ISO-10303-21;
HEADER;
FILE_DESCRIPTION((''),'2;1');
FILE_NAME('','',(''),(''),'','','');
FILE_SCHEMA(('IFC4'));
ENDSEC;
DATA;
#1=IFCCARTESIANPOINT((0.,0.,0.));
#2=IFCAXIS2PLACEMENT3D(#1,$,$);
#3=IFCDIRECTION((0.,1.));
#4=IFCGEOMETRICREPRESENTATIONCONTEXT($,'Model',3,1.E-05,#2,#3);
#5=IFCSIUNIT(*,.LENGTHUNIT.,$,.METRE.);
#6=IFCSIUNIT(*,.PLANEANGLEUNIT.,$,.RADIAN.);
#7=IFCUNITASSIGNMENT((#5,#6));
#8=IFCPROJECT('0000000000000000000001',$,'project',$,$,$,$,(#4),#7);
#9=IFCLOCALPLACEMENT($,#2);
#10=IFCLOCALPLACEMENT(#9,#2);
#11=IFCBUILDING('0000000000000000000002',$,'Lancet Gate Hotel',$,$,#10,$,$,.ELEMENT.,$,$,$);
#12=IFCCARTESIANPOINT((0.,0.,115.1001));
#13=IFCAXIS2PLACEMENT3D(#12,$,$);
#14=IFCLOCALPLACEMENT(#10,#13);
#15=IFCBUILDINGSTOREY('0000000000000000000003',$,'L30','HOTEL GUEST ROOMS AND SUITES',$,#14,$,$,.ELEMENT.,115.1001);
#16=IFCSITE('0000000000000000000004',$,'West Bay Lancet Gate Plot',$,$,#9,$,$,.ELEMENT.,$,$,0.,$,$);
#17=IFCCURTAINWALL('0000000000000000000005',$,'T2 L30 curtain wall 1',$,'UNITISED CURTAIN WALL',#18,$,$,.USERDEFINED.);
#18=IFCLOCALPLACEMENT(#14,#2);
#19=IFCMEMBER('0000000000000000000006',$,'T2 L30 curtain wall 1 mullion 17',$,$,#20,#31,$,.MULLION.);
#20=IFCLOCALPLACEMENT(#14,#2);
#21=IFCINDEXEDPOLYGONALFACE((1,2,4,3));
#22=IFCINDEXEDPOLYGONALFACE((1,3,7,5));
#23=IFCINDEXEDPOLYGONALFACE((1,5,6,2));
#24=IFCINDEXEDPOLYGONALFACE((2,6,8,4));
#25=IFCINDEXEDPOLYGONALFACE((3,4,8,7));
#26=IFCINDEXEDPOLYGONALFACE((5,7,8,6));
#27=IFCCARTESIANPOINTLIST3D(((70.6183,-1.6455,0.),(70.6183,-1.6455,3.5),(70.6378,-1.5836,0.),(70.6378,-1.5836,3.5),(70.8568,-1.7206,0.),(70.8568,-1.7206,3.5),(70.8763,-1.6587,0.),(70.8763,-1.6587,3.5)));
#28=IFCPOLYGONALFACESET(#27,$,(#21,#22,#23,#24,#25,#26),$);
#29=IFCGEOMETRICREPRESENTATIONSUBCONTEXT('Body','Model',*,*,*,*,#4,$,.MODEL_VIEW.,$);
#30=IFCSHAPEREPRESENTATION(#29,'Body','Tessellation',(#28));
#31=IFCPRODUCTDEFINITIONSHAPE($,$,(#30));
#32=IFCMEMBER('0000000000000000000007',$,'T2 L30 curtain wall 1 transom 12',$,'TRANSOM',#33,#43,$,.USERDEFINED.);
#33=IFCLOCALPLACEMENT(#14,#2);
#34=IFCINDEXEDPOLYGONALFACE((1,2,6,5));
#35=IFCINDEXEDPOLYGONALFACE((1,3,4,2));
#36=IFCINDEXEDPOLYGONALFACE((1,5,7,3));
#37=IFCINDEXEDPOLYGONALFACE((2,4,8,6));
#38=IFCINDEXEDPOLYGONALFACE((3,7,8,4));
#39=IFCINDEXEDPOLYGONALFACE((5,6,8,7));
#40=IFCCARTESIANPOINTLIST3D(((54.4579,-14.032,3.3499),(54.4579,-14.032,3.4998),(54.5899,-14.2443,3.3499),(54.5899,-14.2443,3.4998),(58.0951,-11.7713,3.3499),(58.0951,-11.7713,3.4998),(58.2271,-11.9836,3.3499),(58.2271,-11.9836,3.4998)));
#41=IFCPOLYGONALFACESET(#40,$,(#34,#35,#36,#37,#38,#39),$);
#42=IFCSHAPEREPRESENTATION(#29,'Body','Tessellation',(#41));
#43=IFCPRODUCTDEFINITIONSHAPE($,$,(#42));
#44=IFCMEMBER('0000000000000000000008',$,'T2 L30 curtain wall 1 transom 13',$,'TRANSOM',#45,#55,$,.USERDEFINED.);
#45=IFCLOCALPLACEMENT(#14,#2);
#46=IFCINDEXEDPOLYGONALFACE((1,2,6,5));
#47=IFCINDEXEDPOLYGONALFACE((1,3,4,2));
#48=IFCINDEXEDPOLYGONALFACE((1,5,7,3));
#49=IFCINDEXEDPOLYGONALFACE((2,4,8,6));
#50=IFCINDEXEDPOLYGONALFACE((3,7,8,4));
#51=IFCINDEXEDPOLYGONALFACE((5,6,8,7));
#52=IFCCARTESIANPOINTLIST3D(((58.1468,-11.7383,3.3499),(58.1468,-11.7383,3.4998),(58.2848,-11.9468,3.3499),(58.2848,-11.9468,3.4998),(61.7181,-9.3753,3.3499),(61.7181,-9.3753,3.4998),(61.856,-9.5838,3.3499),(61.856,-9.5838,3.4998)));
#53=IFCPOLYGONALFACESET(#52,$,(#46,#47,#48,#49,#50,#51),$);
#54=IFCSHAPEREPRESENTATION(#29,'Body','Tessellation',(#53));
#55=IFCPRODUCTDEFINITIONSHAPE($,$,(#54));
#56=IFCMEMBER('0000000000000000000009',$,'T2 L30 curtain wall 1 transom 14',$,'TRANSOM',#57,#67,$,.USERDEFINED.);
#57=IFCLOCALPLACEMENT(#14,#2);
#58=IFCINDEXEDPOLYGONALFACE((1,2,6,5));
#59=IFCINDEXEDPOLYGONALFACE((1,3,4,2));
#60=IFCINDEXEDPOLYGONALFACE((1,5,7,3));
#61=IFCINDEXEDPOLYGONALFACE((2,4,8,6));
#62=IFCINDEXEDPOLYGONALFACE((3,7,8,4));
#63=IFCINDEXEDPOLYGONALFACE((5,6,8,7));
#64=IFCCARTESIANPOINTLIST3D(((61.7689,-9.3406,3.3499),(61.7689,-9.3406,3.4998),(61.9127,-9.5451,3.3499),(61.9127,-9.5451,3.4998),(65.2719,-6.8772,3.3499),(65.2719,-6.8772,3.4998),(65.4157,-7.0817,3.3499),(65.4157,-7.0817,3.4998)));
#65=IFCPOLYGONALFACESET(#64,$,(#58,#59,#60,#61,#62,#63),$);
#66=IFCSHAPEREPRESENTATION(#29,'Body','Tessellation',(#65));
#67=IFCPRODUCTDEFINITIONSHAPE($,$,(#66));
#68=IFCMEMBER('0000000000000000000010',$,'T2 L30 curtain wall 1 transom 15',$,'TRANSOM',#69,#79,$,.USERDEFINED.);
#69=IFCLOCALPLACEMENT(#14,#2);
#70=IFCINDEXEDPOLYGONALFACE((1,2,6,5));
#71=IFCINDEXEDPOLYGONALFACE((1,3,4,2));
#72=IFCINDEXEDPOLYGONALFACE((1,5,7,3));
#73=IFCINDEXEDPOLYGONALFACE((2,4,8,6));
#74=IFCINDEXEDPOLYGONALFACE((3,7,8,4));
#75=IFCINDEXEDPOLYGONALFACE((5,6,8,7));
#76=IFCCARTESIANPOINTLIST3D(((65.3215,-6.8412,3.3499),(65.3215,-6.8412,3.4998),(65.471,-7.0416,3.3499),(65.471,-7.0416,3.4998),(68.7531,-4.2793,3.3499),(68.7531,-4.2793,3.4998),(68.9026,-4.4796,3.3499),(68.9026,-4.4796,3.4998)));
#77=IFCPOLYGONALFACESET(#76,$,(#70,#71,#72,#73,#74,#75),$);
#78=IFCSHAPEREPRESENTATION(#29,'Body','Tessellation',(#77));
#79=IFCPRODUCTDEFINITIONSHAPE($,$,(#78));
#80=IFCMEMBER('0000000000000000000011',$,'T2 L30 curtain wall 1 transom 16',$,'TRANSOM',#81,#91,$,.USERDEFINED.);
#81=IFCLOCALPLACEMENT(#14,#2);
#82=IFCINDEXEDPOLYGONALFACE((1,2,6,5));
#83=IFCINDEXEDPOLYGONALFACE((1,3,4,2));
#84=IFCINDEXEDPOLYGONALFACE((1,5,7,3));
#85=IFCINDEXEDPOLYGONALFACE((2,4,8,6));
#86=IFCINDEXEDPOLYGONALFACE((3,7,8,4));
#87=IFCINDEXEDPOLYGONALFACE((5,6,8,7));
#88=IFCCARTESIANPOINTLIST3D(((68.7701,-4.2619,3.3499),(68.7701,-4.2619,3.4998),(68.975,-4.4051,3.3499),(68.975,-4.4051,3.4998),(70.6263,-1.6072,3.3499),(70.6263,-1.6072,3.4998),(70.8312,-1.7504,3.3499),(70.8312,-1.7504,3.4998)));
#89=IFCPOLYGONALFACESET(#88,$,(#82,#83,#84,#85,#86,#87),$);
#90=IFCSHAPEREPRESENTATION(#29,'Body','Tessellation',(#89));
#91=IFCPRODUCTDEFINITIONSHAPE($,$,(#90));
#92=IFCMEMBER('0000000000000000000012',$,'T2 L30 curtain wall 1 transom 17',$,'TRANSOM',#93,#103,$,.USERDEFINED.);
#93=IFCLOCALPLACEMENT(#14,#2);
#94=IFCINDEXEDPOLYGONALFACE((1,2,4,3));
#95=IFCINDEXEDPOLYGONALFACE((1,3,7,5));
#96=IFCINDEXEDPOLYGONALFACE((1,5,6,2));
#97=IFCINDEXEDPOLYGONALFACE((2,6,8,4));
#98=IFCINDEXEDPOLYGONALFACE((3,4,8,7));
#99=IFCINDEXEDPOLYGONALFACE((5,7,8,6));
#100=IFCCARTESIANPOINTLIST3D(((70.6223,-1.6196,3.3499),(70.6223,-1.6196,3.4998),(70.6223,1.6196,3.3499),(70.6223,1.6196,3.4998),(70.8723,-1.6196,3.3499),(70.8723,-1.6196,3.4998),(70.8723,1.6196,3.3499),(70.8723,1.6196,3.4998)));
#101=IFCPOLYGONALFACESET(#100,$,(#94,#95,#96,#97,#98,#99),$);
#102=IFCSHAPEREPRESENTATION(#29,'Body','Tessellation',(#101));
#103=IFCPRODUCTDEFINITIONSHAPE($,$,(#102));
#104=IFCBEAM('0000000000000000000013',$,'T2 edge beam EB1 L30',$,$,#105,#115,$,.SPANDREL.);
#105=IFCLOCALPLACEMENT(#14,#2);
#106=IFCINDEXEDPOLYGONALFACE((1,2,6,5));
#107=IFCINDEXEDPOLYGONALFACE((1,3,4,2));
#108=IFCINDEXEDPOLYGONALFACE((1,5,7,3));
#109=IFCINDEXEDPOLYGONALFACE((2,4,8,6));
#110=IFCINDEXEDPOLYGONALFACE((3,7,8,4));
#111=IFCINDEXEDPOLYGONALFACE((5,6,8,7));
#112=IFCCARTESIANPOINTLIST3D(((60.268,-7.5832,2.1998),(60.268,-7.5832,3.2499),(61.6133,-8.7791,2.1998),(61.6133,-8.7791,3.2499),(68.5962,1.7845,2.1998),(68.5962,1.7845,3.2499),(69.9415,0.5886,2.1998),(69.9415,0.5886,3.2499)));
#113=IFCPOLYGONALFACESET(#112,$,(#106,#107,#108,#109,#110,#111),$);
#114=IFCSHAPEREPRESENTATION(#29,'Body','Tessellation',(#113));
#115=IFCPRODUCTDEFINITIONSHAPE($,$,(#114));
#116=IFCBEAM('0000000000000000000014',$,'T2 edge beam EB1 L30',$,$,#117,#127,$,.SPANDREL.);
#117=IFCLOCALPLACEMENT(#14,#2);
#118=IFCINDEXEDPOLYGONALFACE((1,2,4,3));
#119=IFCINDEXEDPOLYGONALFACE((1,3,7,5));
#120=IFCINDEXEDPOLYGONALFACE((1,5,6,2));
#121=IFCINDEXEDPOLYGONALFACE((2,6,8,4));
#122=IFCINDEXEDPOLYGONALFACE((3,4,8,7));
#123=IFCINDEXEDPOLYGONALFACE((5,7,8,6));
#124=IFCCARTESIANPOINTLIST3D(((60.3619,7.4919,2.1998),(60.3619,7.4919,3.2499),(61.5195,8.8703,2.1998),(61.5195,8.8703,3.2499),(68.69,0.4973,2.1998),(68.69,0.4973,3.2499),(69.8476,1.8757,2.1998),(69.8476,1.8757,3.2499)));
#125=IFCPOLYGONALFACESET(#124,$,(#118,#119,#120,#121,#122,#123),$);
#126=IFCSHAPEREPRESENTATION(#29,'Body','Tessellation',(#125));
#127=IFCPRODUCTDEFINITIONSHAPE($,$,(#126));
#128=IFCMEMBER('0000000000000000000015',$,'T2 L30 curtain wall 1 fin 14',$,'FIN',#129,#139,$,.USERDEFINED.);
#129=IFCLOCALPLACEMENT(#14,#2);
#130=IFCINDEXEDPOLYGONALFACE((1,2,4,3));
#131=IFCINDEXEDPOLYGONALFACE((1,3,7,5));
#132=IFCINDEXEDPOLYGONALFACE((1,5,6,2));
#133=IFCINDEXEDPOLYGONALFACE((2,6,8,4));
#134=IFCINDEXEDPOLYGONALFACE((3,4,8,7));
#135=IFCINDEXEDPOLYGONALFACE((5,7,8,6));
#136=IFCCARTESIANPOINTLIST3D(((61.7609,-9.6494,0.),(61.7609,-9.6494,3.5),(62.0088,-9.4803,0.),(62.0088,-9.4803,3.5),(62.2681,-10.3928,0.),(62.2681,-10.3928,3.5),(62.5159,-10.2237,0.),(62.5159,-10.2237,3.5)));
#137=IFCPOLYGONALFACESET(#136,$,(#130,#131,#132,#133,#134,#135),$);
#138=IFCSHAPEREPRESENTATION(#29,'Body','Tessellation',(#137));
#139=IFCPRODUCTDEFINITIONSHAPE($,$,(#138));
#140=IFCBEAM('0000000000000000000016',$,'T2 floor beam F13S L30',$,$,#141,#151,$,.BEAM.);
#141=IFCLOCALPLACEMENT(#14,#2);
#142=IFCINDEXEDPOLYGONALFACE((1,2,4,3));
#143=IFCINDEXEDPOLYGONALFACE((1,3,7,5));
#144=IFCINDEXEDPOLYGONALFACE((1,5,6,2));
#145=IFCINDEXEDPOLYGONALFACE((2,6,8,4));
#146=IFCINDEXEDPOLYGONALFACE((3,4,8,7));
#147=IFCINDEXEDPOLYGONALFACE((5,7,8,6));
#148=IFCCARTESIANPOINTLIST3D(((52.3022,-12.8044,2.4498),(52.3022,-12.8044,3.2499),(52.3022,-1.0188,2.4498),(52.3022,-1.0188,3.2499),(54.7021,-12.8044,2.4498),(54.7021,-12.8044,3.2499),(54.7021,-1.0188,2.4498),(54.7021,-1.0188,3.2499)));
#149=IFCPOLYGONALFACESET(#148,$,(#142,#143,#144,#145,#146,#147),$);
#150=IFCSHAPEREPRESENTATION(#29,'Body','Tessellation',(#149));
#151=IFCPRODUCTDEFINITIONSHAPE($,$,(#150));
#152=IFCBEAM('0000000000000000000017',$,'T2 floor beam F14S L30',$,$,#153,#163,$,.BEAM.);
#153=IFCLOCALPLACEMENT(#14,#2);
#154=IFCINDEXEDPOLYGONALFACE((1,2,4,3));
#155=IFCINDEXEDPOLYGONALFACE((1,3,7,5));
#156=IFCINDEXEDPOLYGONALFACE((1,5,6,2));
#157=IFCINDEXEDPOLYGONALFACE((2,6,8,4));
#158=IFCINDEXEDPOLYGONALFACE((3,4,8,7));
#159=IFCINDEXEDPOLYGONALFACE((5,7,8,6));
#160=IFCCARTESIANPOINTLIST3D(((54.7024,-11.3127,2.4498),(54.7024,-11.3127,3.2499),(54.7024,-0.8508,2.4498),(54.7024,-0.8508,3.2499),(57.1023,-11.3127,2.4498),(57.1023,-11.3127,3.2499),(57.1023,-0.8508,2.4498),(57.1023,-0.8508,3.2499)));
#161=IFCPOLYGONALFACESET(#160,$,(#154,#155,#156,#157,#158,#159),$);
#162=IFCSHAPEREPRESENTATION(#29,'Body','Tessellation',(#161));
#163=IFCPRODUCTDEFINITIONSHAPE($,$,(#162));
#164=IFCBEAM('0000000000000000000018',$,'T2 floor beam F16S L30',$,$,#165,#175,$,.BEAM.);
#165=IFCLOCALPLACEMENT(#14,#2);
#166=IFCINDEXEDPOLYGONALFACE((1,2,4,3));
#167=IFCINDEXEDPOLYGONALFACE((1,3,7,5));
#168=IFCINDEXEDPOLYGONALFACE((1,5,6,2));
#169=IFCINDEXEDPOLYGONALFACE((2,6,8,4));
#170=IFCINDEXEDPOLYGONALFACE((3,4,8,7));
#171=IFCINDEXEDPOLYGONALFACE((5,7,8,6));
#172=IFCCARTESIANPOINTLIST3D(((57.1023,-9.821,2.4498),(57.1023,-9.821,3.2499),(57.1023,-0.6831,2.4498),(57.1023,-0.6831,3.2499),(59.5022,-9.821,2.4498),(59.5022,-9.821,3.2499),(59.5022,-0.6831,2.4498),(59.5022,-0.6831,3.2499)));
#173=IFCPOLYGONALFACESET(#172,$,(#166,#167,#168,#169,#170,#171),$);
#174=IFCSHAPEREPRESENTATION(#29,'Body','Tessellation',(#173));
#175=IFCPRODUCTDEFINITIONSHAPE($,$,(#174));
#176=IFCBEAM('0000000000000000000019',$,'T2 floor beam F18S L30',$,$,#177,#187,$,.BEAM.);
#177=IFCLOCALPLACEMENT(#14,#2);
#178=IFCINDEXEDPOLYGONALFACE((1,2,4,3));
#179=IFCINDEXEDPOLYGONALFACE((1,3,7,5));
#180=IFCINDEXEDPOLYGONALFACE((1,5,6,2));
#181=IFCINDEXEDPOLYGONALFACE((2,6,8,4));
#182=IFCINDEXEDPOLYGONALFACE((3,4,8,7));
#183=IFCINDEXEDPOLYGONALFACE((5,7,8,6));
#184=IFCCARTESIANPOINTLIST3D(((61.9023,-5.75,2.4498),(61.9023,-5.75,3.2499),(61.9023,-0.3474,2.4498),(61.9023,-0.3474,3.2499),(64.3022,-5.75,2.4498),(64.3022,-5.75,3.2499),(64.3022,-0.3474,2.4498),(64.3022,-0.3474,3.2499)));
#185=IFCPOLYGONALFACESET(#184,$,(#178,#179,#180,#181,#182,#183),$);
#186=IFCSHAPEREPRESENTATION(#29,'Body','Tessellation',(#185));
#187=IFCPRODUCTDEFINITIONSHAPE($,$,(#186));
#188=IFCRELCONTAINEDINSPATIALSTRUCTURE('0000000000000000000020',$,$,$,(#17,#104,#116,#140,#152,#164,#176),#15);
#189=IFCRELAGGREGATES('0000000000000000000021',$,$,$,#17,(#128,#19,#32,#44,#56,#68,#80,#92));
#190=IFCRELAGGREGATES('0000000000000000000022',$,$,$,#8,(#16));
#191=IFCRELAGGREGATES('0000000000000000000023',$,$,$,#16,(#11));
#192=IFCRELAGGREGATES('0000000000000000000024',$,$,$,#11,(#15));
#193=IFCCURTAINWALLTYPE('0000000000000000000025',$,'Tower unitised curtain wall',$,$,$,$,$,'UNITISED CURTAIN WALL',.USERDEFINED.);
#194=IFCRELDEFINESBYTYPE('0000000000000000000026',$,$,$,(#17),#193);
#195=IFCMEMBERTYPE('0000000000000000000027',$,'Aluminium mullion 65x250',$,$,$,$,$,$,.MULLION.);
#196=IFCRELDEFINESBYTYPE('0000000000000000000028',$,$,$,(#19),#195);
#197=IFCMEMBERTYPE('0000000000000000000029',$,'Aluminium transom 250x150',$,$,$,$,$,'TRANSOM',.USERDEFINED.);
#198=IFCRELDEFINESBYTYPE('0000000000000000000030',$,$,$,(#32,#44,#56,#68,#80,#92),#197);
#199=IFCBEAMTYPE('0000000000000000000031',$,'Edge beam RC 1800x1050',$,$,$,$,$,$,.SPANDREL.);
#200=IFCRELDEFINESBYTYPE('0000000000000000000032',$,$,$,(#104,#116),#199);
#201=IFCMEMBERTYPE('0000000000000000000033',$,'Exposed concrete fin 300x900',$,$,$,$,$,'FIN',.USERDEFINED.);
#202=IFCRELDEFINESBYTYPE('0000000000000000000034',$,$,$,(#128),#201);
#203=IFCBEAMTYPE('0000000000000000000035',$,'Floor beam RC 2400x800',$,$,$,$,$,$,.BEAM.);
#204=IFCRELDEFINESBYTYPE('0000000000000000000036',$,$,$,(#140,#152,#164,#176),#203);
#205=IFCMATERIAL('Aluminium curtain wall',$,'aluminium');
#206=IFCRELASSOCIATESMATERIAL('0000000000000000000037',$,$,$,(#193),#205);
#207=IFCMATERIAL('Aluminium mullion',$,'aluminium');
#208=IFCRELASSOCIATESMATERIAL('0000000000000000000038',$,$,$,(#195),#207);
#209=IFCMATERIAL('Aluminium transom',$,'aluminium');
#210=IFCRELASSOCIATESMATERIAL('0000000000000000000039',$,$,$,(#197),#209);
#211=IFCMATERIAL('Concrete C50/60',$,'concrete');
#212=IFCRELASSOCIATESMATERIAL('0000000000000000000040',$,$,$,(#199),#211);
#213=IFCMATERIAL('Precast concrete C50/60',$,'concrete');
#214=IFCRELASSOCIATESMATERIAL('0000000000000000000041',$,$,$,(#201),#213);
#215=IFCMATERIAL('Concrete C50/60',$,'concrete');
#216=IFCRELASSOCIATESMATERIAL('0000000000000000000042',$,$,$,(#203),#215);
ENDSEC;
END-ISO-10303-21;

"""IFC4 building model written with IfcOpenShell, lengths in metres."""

from ifc_helpers import new_model, si_unit, direction, frame, origin, origin_2d, place, context, subcontext, project, spatial, rectangle, extrude, material, material_profile, profile_set, type_object, element, aggregate, save


model = new_model("IFC4")

# Units and contexts
model_context = context("Model", 3, precision=1e-05, world=origin(), true_north=direction((0.0, 1.0)))
body_context = subcontext(model_context, "Body", "Model", "MODEL_VIEW")
ifc_project = project(units=[si_unit("LENGTHUNIT", "METRE"), si_unit("PLANEANGLEUNIT", "RADIAN")], contexts=[model_context])

# Site, building, storey
site_placement = place(None, origin())
site = spatial("IfcSite", under=ifc_project, at=site_placement, Name="West Bay Lancet Gate Plot", CompositionType="ELEMENT", RefElevation=0.0)
building_placement = place(site_placement, origin())
building = spatial("IfcBuilding", under=site, at=building_placement, Name="Lancet Gate Hotel", CompositionType="ELEMENT")
storey_placement = place(building_placement, frame((0.0, 0.0, 115.1001)))
storey = spatial("IfcBuildingStorey", under=building, at=storey_placement, Name="L30", Description="HOTEL GUEST ROOMS AND SUITES", CompositionType="ELEMENT", Elevation=115.1001)

# Curtain wall, members
ifc_material_1 = material(Name="Aluminium curtain wall", Category="aluminium")
curtain_wall_type = type_object("IfcCurtainWallType", Name="Tower unitised curtain wall", ElementType="UNITISED CURTAIN WALL", PredefinedType="USERDEFINED", material=ifc_material_1)
curtain_wall_placement = place(storey_placement, origin())
curtain_wall = element("IfcCurtainWall", 1, at=curtain_wall_placement, inside=storey, type_object=curtain_wall_type, Name="T2 L30 curtain wall 1", ObjectType="UNITISED CURTAIN WALL", PredefinedType="USERDEFINED")
ifc_material_2 = material(Name="Aluminium mullion", Category="aluminium")
ifc_material_profile_1 = material_profile(ifc_material_2, rectangle(XDim=0.0649, YDim=0.25, at=origin_2d()), Name="MULLION 65x250")
ifc_profile_set_1 = profile_set([ifc_material_profile_1], Name="Aluminium mullion")
member_type_1 = type_object("IfcMemberType", Name="Aluminium mullion 65x250", PredefinedType="MULLION", material=ifc_profile_set_1)
member_1_placement = place(storey_placement, frame((70.7473, -1.6521, 0.0), z_axis=(0.0, 0.0, 1.0), x_axis=(0.300385, 0.953818, 0.0)))
member_1 = element("IfcMember", 2, at=member_1_placement, type_object=member_type_1, Name="T2 L30 curtain wall 1 mullion 17", PredefinedType="MULLION", context=body_context, shape_type="SweptSolid", body=[
    extrude(rectangle(XDim=0.0649, YDim=0.25, at=origin_2d()), origin(), (0.0, 0.0, 1.0), 3.5),
])
ifc_material_3 = material(Name="Aluminium transom", Category="aluminium")
ifc_material_profile_2 = material_profile(ifc_material_3, rectangle(XDim=0.25, YDim=0.1499, at=origin_2d()), Name="TRANSOM 250x150")
ifc_profile_set_2 = profile_set([ifc_material_profile_2], Name="Aluminium transom")
member_type_2 = type_object("IfcMemberType", Name="Aluminium transom 250x150", ElementType="TRANSOM", PredefinedType="USERDEFINED", material=ifc_profile_set_2)
member_2_placement = place(storey_placement, frame((54.5239, -14.1382, 3.4248), z_axis=(0.849309, 0.527896, 0.0), x_axis=(-0.527896, 0.849309, 0.0)))
member_2 = element("IfcMember", 3, at=member_2_placement, type_object=member_type_2, Name="T2 L30 curtain wall 1 transom 12", ObjectType="TRANSOM", PredefinedType="USERDEFINED", context=body_context, shape_type="SweptSolid", body=[
    extrude(rectangle(XDim=0.25, YDim=0.1499, at=origin_2d()), origin(), (0.0, 0.0, 1.0), 4.2825),
])
member_3_placement = place(storey_placement, frame((58.2158, -11.8425, 3.4248), z_axis=(0.833966, 0.551816, 0.0), x_axis=(-0.551816, 0.833966, 0.0)))
member_3 = element("IfcMember", 4, at=member_3_placement, type_object=member_type_2, Name="T2 L30 curtain wall 1 transom 13", ObjectType="TRANSOM", PredefinedType="USERDEFINED", context=body_context, shape_type="SweptSolid", body=[
    extrude(rectangle(XDim=0.25, YDim=0.1499, at=origin_2d()), origin(), (0.0, 0.0, 1.0), 4.2822),
])
member_4_placement = place(storey_placement, frame((61.8408, -9.4429, 3.4248), z_axis=(0.817987, 0.575236, 0.0), x_axis=(-0.575236, 0.817987, 0.0)))
member_4 = element("IfcMember", 5, at=member_4_placement, type_object=member_type_2, Name="T2 L30 curtain wall 1 transom 14", ObjectType="TRANSOM", PredefinedType="USERDEFINED", context=body_context, shape_type="SweptSolid", body=[
    extrude(rectangle(XDim=0.25, YDim=0.1499, at=origin_2d()), origin(), (0.0, 0.0, 1.0), 4.2825),
])
member_5_placement = place(storey_placement, frame((65.3962, -6.9414, 3.4248), z_axis=(0.801312, 0.598247, 0.0), x_axis=(-0.598247, 0.801312, 0.0)))
member_5 = element("IfcMember", 6, at=member_5_placement, type_object=member_type_2, Name="T2 L30 curtain wall 1 transom 15", ObjectType="TRANSOM", PredefinedType="USERDEFINED", context=body_context, shape_type="SweptSolid", body=[
    extrude(rectangle(XDim=0.25, YDim=0.1499, at=origin_2d()), origin(), (0.0, 0.0, 1.0), 4.2825),
])
member_6_placement = place(storey_placement, frame((68.8726, -4.3335, 3.4248), z_axis=(0.573017, 0.819543, 0.0), x_axis=(-0.819543, 0.573017, 0.0)))
member_6 = element("IfcMember", 7, at=member_6_placement, type_object=member_type_2, Name="T2 L30 curtain wall 1 transom 16", ObjectType="TRANSOM", PredefinedType="USERDEFINED", context=body_context, shape_type="SweptSolid", body=[
    extrude(rectangle(XDim=0.25, YDim=0.1499, at=origin_2d()), origin(), (0.0, 0.0, 1.0), 3.2393),
])
member_7_placement = place(storey_placement, frame((70.7473, -1.6196, 3.4248), z_axis=(0.0, 1.0, 0.0), x_axis=(-1.0, 0.0, 0.0)))
member_7 = element("IfcMember", 8, at=member_7_placement, type_object=member_type_2, Name="T2 L30 curtain wall 1 transom 17", ObjectType="TRANSOM", PredefinedType="USERDEFINED", context=body_context, shape_type="SweptSolid", body=[
    extrude(rectangle(XDim=0.25, YDim=0.1499, at=origin_2d()), origin(), (0.0, 0.0, 1.0), 3.2393),
])

# Beams
ifc_material_4 = material(Name="Concrete C50/60", Category="concrete")
ifc_material_profile_3 = material_profile(ifc_material_4, rectangle(XDim=1.8, YDim=1.05, at=origin_2d()), Name="RC 1800x1050")
ifc_profile_set_3 = profile_set([ifc_material_profile_3], Name="Concrete C50/60")
beam_type_1 = type_object("IfcBeamType", Name="Edge beam RC 1800x1050", PredefinedType="SPANDREL", material=ifc_profile_set_3)
beam_1_placement = place(storey_placement, frame((60.9407, -8.1812, 2.7249), z_axis=(0.664422, 0.747358, 0.0), x_axis=(-0.747358, 0.664422, 0.0)))
element("IfcBeam", 9, at=beam_1_placement, inside=storey, type_object=beam_type_1, Name="T2 edge beam EB1 L30", PredefinedType="SPANDREL", context=body_context, shape_type="SweptSolid", body=[
    extrude(rectangle(XDim=1.8, YDim=1.05, at=origin_2d()), origin(), (0.0, 0.0, 1.0), 12.5344),
])
beam_2_placement = place(storey_placement, frame((69.2688, 1.1865, 2.7249), z_axis=(-0.76575, 0.643138, 0.0), x_axis=(-0.643138, -0.76575, 0.0)))
element("IfcBeam", 10, at=beam_2_placement, inside=storey, type_object=beam_type_1, Name="T2 edge beam EB1 L30", PredefinedType="SPANDREL", context=body_context, shape_type="SweptSolid", body=[
    extrude(rectangle(XDim=1.8, YDim=1.05, at=origin_2d()), origin(), (0.0, 0.0, 1.0), 10.8757),
])

# Member
ifc_material_5 = material(Name="Precast concrete C50/60", Category="concrete")
ifc_material_profile_4 = material_profile(ifc_material_5, rectangle(XDim=0.3, YDim=0.8999, at=origin_2d()), Name="FIN 300x900")
ifc_profile_set_4 = profile_set([ifc_material_profile_4], Name="Precast concrete C50/60")
member_type_3 = type_object("IfcMemberType", Name="Exposed concrete fin 300x900", ElementType="FIN", PredefinedType="USERDEFINED", material=ifc_profile_set_4)
member_8_placement = place(storey_placement, frame((62.1384, -9.9365, 0.0), z_axis=(0.0, 0.0, 1.0), x_axis=(0.826066, 0.563574, 0.0)))
member_8 = element("IfcMember", 11, at=member_8_placement, type_object=member_type_3, Name="T2 L30 curtain wall 1 fin 14", ObjectType="FIN", PredefinedType="USERDEFINED", context=body_context, shape_type="SweptSolid", body=[
    extrude(rectangle(XDim=0.3, YDim=0.8999, at=origin_2d()), origin(), (0.0, 0.0, 1.0), 3.5),
])

# Beams
ifc_material_6 = material(Name="Concrete C50/60", Category="concrete")
ifc_material_profile_5 = material_profile(ifc_material_6, rectangle(XDim=2.3999, YDim=0.8, at=origin_2d()), Name="RC 2400x800")
ifc_profile_set_5 = profile_set([ifc_material_profile_5], Name="Concrete C50/60")
beam_type_2 = type_object("IfcBeamType", Name="Floor beam RC 2400x800", PredefinedType="BEAM", material=ifc_profile_set_5)
beam_3_placement = place(storey_placement, frame((53.5022, -12.8044, 2.8499), z_axis=(0.0, 1.0, 0.0), x_axis=(-1.0, 0.0, 0.0)))
element("IfcBeam", 12, at=beam_3_placement, inside=storey, type_object=beam_type_2, Name="T2 floor beam F13S L30", PredefinedType="BEAM", context=body_context, shape_type="SweptSolid", body=[
    extrude(rectangle(XDim=2.3999, YDim=0.8, at=origin_2d()), origin(), (0.0, 0.0, 1.0), 11.7856),
])
beam_4_placement = place(storey_placement, frame((55.9023, -11.3127, 2.8499), z_axis=(0.0, 1.0, 0.0), x_axis=(-1.0, 0.0, 0.0)))
element("IfcBeam", 13, at=beam_4_placement, inside=storey, type_object=beam_type_2, Name="T2 floor beam F14S L30", PredefinedType="BEAM", context=body_context, shape_type="SweptSolid", body=[
    extrude(rectangle(XDim=2.3999, YDim=0.8, at=origin_2d()), origin(), (0.0, 0.0, 1.0), 10.4619),
])
beam_5_placement = place(storey_placement, frame((58.3022, -9.821, 2.8499), z_axis=(0.0, 1.0, 0.0), x_axis=(-1.0, 0.0, 0.0)))
element("IfcBeam", 14, at=beam_5_placement, inside=storey, type_object=beam_type_2, Name="T2 floor beam F16S L30", PredefinedType="BEAM", context=body_context, shape_type="SweptSolid", body=[
    extrude(rectangle(XDim=2.3999, YDim=0.8, at=origin_2d()), origin(), (0.0, 0.0, 1.0), 9.1379),
])
beam_6_placement = place(storey_placement, frame((63.1023, -5.75, 2.8499), z_axis=(0.0, 1.0, 0.0), x_axis=(-1.0, 0.0, 0.0)))
element("IfcBeam", 15, at=beam_6_placement, inside=storey, type_object=beam_type_2, Name="T2 floor beam F18S L30", PredefinedType="BEAM", context=body_context, shape_type="SweptSolid", body=[
    extrude(rectangle(XDim=2.3999, YDim=0.8, at=origin_2d()), origin(), (0.0, 0.0, 1.0), 5.4026),
])

aggregate(curtain_wall, [member_8, member_1, member_2, member_3, member_4, member_5, member_6, member_7])

save(model, "model.ifc")
